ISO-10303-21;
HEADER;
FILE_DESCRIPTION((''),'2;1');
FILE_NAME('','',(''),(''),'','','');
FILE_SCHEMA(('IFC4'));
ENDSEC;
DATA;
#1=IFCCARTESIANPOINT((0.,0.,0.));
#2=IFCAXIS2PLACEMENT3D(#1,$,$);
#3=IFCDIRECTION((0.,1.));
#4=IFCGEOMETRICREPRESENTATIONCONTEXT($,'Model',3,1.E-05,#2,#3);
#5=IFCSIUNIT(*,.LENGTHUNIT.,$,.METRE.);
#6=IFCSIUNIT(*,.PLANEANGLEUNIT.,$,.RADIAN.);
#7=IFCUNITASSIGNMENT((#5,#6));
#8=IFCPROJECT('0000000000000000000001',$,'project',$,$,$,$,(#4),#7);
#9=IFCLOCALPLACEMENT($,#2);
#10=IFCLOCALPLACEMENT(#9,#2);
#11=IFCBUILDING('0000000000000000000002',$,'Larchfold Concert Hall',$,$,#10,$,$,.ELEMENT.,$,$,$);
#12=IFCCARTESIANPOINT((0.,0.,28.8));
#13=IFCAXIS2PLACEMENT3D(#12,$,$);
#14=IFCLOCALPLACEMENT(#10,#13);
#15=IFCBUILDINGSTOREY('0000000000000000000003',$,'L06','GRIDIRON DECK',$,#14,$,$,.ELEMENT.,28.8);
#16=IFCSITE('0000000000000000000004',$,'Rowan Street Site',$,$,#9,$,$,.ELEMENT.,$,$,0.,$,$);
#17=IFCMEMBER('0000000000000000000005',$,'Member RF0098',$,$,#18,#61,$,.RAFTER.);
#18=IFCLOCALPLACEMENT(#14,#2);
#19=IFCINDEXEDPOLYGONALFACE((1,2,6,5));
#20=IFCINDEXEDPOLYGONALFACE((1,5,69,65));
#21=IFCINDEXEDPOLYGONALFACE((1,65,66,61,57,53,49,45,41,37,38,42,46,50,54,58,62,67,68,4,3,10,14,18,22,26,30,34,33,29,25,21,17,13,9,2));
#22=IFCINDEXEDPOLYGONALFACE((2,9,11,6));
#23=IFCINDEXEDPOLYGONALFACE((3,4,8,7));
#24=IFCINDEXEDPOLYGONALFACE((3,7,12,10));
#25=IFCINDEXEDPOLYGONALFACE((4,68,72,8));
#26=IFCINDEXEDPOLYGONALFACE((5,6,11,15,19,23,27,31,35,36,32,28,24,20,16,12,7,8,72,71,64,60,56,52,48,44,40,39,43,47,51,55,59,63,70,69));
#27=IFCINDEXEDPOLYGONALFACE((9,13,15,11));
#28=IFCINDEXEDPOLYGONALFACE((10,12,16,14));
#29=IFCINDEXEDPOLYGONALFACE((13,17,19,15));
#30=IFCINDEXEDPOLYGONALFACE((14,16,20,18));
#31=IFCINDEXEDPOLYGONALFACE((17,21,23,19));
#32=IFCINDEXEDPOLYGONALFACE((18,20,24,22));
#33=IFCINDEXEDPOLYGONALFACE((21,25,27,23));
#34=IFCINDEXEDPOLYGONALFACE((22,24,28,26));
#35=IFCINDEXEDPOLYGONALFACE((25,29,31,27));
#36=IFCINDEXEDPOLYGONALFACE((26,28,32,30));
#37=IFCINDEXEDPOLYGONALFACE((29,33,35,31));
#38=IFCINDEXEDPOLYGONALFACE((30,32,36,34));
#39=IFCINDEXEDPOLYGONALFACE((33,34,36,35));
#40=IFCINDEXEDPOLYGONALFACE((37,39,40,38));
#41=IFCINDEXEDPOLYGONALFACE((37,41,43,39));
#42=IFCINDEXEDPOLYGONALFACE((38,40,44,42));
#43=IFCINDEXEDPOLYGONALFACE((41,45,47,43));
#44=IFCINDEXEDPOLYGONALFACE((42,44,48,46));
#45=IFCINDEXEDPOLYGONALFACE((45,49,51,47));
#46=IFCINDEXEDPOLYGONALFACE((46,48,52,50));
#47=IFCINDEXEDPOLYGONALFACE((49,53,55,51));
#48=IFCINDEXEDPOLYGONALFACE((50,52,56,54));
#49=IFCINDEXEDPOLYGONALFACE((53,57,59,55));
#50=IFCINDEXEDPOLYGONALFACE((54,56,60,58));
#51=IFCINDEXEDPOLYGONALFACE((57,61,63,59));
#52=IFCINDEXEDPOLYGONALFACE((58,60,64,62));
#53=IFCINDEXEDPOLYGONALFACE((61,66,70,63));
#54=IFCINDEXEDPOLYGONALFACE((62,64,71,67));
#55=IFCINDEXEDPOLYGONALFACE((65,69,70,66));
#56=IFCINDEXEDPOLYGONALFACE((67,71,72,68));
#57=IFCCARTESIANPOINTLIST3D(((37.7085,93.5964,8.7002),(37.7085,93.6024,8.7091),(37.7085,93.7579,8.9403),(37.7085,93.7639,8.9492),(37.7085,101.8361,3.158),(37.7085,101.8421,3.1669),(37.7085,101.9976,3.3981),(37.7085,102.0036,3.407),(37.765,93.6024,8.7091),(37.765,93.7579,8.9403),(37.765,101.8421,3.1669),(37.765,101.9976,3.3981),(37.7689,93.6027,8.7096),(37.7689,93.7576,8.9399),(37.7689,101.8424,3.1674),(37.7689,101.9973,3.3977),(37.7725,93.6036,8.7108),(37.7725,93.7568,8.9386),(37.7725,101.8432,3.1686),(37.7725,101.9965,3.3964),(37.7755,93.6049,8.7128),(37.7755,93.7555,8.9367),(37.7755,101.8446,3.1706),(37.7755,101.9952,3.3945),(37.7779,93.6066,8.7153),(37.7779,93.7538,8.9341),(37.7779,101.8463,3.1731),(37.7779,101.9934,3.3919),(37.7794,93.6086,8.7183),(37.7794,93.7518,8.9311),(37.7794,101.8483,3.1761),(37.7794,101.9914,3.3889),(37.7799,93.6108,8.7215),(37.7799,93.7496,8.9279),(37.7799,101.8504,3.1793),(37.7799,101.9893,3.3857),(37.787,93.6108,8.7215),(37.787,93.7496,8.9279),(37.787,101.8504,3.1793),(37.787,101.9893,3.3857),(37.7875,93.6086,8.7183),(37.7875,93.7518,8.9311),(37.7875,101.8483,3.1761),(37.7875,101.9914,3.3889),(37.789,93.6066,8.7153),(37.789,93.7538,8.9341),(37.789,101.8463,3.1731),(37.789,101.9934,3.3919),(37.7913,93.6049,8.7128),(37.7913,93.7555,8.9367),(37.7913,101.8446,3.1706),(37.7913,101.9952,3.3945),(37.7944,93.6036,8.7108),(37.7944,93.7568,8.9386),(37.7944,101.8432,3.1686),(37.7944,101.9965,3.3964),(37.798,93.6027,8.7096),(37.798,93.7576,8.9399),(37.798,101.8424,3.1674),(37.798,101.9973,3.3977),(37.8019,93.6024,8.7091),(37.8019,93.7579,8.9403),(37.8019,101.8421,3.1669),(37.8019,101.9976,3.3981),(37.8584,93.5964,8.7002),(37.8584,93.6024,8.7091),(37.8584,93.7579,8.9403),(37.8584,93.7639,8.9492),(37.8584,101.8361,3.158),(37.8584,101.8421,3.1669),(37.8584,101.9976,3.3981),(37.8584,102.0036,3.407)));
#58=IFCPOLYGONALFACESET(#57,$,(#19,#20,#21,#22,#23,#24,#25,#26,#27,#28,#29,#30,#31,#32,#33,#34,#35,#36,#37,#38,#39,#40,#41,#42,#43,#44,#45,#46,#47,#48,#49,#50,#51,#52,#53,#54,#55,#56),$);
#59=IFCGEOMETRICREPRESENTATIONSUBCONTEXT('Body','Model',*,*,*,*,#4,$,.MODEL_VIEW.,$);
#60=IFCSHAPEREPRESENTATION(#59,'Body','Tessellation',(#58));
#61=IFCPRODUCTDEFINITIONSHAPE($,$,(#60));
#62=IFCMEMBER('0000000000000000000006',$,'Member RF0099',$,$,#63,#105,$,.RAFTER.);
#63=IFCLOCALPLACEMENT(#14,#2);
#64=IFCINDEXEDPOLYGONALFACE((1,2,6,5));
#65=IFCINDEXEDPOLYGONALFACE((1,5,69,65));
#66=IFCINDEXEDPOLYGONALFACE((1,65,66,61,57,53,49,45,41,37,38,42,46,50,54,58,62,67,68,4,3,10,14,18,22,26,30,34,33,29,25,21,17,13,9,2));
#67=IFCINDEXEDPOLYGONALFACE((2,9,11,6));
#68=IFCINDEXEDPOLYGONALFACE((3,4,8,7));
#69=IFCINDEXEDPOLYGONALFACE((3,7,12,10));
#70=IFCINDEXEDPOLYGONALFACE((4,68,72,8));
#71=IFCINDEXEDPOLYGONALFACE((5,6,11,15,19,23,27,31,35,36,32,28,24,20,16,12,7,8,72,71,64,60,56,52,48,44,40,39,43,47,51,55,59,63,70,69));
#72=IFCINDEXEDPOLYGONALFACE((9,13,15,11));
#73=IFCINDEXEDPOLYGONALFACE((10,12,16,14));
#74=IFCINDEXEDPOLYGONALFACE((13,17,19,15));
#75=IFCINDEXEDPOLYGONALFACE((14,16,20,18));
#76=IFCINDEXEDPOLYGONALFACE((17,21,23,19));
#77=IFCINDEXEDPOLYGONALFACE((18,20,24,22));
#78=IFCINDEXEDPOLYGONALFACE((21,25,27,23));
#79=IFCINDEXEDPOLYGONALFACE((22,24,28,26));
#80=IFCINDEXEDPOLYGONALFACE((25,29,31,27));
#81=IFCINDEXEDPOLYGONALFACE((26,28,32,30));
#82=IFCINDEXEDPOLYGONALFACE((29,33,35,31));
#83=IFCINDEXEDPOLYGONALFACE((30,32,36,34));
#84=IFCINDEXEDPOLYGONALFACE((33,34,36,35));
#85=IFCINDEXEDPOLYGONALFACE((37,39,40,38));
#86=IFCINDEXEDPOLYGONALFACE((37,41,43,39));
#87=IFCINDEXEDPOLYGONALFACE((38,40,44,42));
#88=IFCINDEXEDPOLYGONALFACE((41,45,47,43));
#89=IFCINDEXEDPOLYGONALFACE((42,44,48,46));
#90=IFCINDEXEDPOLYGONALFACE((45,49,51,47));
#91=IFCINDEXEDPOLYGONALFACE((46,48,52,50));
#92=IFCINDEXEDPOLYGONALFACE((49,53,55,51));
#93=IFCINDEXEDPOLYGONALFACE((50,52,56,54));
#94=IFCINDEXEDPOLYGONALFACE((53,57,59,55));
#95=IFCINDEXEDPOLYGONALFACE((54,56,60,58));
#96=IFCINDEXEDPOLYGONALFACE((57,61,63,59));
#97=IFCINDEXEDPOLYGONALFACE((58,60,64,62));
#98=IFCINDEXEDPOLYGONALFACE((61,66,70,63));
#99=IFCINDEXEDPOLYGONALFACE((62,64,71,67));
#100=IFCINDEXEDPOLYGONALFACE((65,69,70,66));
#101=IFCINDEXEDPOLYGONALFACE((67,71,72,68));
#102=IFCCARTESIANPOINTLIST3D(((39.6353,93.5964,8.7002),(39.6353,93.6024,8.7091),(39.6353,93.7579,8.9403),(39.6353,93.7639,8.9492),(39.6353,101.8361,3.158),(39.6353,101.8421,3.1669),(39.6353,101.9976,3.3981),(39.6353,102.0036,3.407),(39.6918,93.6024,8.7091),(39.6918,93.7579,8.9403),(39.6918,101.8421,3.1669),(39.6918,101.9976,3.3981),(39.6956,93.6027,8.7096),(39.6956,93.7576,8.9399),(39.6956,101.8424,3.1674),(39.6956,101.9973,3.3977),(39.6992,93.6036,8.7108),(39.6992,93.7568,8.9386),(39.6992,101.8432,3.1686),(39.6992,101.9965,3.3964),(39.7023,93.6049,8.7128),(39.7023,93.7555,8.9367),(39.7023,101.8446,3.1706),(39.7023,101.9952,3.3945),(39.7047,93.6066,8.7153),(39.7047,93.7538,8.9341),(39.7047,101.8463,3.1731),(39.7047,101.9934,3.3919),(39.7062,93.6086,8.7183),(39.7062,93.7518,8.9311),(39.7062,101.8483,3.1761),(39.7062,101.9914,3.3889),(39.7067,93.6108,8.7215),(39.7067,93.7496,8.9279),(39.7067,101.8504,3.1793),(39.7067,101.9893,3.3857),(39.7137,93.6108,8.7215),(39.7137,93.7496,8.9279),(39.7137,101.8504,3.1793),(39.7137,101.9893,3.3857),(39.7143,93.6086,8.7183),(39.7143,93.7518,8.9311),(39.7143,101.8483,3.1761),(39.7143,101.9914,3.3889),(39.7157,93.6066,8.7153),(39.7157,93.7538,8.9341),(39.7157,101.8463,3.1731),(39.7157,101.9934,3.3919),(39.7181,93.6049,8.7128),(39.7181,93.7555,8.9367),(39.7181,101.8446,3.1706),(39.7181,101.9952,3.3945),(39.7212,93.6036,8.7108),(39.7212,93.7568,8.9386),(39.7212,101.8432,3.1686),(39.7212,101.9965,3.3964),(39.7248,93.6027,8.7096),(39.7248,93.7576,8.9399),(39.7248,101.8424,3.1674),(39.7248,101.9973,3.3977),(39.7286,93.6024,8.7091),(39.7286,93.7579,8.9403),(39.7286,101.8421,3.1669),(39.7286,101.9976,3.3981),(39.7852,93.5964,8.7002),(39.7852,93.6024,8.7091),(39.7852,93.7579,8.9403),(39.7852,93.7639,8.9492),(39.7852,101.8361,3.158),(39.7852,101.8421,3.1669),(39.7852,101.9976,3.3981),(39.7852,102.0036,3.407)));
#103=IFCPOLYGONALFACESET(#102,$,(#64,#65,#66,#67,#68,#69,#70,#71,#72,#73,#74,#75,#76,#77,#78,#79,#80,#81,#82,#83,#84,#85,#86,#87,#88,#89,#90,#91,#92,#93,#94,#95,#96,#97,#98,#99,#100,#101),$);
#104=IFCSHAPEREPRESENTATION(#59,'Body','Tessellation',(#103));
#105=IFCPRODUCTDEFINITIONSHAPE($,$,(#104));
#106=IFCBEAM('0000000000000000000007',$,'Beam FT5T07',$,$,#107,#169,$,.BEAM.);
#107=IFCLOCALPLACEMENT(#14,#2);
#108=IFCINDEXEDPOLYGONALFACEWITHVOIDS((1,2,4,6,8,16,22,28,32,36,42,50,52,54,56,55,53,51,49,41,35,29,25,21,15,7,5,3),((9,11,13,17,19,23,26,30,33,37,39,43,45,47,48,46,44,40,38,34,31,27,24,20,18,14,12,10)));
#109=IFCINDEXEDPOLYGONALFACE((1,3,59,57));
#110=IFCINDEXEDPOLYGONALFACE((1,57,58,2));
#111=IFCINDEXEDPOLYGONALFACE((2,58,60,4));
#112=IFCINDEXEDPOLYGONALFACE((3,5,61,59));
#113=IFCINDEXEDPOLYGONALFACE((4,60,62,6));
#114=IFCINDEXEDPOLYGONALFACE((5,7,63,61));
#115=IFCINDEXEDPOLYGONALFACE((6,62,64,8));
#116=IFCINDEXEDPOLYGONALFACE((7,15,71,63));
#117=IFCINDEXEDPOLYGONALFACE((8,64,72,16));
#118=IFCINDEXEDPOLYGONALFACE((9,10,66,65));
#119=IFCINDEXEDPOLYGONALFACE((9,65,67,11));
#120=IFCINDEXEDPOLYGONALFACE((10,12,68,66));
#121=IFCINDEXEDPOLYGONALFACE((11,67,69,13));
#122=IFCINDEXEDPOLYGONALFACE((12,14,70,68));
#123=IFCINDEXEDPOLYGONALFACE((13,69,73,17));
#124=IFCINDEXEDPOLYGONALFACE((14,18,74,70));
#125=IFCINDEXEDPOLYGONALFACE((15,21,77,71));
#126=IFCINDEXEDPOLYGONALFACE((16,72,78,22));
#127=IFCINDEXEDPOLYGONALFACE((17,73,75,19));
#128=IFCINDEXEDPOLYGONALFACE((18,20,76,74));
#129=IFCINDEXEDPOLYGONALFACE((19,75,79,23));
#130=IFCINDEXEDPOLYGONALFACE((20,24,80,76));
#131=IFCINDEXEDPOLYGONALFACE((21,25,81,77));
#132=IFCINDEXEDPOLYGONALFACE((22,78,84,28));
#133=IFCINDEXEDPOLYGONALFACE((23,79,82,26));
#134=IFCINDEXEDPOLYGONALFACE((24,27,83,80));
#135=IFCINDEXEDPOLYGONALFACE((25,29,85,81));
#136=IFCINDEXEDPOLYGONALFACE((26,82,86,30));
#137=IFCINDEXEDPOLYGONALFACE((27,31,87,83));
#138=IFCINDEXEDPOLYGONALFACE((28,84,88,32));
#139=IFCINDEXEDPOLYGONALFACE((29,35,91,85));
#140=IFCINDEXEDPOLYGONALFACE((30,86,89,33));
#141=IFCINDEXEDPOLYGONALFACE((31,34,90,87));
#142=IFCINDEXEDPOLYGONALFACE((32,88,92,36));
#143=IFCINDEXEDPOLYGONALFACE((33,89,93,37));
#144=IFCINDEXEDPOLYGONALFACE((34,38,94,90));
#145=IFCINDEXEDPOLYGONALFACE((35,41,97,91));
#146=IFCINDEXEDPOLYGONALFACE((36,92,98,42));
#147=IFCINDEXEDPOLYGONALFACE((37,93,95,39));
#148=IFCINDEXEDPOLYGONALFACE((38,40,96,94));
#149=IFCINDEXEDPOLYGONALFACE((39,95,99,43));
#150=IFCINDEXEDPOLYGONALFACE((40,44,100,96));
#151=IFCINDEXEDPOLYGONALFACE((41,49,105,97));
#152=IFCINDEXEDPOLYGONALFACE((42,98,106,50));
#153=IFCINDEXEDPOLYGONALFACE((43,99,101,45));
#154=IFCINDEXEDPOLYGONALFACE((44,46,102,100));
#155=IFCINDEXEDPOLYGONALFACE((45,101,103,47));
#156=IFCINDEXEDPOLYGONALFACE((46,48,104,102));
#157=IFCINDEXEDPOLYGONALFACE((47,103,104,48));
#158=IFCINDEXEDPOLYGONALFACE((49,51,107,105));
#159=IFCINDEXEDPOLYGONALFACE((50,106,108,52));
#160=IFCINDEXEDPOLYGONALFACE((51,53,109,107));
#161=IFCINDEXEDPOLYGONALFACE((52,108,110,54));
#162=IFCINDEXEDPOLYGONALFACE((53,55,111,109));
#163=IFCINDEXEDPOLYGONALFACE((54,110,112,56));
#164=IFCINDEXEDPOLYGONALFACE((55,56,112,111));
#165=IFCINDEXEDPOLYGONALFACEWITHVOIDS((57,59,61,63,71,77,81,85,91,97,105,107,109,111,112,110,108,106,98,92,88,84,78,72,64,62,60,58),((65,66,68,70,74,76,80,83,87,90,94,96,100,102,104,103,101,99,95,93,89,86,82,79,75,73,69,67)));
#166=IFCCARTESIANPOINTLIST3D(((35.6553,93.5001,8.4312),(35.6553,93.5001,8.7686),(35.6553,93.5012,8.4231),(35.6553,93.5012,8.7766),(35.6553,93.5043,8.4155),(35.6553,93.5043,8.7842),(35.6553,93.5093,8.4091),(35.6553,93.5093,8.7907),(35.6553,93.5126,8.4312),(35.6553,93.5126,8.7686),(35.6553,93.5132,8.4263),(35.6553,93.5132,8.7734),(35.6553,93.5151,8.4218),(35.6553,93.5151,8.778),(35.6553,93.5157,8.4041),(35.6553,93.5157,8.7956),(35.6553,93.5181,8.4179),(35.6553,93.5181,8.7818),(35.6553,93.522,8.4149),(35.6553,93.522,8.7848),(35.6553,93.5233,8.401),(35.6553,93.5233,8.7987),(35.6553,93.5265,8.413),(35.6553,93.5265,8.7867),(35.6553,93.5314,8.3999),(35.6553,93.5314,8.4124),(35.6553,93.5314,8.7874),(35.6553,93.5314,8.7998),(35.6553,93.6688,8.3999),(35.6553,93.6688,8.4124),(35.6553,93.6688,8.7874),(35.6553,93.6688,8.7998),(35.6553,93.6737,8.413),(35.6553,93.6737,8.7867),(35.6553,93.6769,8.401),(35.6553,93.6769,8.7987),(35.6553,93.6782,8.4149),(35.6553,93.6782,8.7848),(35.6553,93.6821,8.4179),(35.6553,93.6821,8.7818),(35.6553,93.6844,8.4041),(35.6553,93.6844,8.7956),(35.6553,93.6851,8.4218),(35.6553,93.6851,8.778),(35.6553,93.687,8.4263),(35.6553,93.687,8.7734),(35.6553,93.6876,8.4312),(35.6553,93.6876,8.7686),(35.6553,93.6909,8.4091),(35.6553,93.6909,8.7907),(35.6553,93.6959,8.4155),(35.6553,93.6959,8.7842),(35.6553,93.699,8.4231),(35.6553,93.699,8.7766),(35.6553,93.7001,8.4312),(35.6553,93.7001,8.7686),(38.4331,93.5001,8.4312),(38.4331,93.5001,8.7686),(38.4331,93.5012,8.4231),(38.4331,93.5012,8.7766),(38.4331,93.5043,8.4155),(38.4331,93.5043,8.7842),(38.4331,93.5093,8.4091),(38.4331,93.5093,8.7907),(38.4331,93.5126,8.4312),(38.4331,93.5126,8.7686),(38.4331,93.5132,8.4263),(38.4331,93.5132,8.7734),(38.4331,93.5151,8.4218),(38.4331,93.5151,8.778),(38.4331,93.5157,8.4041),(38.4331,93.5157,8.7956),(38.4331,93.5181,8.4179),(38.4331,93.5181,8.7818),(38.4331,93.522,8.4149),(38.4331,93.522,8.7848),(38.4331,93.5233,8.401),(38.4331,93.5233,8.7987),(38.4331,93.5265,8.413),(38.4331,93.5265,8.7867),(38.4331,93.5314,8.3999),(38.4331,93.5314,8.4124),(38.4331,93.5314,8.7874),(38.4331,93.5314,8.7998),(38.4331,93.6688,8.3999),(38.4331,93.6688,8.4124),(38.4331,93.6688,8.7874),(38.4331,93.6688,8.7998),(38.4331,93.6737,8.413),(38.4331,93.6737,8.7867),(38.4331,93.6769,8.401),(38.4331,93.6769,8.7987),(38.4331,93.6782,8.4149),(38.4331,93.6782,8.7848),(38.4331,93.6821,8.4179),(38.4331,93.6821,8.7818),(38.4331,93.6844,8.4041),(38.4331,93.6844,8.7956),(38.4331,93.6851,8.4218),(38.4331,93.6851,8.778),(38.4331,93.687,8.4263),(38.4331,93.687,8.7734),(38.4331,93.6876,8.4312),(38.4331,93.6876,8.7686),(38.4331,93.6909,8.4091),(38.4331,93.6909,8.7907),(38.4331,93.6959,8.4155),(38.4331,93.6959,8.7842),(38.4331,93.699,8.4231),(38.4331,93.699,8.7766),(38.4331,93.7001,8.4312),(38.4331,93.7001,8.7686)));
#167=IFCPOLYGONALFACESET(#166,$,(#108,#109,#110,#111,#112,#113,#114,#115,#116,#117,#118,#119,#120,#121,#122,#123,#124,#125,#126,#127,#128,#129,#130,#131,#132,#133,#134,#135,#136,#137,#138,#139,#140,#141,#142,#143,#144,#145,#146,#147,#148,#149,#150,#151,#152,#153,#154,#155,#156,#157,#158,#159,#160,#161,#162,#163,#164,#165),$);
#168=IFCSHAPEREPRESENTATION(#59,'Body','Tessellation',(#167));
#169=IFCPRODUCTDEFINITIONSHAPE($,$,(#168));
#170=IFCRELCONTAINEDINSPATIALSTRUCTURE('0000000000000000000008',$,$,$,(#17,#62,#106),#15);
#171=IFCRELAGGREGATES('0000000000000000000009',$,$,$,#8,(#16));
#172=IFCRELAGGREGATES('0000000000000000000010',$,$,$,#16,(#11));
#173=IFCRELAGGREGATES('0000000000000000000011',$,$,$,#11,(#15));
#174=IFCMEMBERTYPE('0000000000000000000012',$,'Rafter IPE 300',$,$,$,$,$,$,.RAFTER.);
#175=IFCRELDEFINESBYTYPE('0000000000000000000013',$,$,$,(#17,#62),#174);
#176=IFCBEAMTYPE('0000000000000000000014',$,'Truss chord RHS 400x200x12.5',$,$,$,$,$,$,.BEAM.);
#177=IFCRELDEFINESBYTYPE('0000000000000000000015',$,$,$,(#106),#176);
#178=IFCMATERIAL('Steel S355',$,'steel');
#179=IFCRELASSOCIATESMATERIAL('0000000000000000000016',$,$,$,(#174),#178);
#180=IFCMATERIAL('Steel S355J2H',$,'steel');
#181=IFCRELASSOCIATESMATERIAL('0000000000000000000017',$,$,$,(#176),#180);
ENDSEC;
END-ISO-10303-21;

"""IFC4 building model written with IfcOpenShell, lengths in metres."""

from ifc_helpers import new_model, si_unit, direction, frame, origin, origin_2d, place, context, subcontext, project, spatial, hollow_rectangle, i_section, extrude, material, material_profile, profile_set, type_object, element, save


model = new_model("IFC4")

# Units and contexts
model_context = context("Model", 3, precision=1e-05, world=origin(), true_north=direction((0.0, 1.0)))
body_context = subcontext(model_context, "Body", "Model", "MODEL_VIEW")
ifc_project = project(units=[si_unit("LENGTHUNIT", "METRE"), si_unit("PLANEANGLEUNIT", "RADIAN")], contexts=[model_context])

# Site, building, storey
site_placement = place(None, origin())
site = spatial("IfcSite", under=ifc_project, at=site_placement, Name="Rowan Street Site", CompositionType="ELEMENT", RefElevation=0.0)
building_placement = place(site_placement, origin())
building = spatial("IfcBuilding", under=site, at=building_placement, Name="Larchfold Concert Hall", CompositionType="ELEMENT")
storey_placement = place(building_placement, frame((0.0, 0.0, 28.8)))
storey = spatial("IfcBuildingStorey", under=building, at=storey_placement, Name="L06", Description="GRIDIRON DECK", CompositionType="ELEMENT", Elevation=28.8)

# Members
ifc_material_1 = material(Name="Steel S355", Category="steel")
ifc_material_profile_1 = material_profile(ifc_material_1, i_section(OverallWidth=0.1499, OverallDepth=0.3, WebThickness=0.0071, FlangeThickness=0.0107, FilletRadius=0.0149, at=origin_2d()))
ifc_profile_set_1 = profile_set([ifc_material_profile_1], Name="Steel S355")
member_type_1 = type_object("IfcMemberType", Name="Rafter IPE 300", PredefinedType="RAFTER", material=ifc_profile_set_1)
for number, where, z_axis, x_axis, name in (
    (1, (37.7834, 93.6802, 8.8247), (0.0, 0.829762, -0.558117), (-1.0, 0.0, 0.0), "Member RF0098"),
    (2, (39.7102, 93.6802, 8.8247), (0.0, 0.829762, -0.558117), (-1.0, 0.0, 0.0), "Member RF0099"),
):
    element("IfcMember", number, at=place(storey_placement, frame(where, z_axis=z_axis, x_axis=x_axis)), inside=storey, type_object=member_type_1, Name=name, PredefinedType="RAFTER", context=body_context, shape_type="SweptSolid", body=[
        extrude(i_section(OverallWidth=0.1499, OverallDepth=0.3, WebThickness=0.0071, FlangeThickness=0.0107, FilletRadius=0.0149, at=origin_2d()), origin(), (0.0, 0.0, 1.0), 9.9302),
    ])

# Beam
ifc_material_2 = material(Name="Steel S355J2H", Category="steel")
ifc_material_profile_2 = material_profile(ifc_material_2, hollow_rectangle(XDim=0.2, YDim=0.3999, WallThickness=0.0125, InnerFilletRadius=0.0188, OuterFilletRadius=0.0312, at=origin_2d()))
ifc_profile_set_2 = profile_set([ifc_material_profile_2], Name="Steel S355J2H")
beam_type_1 = type_object("IfcBeamType", Name="Truss chord RHS 400x200x12.5", PredefinedType="BEAM", material=ifc_profile_set_2)
beam_1_placement = place(storey_placement, frame((35.6553, 93.6001, 8.5999), z_axis=(1.0, 0.0, 0.0), x_axis=(0.0, 1.0, 0.0)))
element("IfcBeam", 3, at=beam_1_placement, inside=storey, type_object=beam_type_1, Name="Beam FT5T07", PredefinedType="BEAM", context=body_context, shape_type="SweptSolid", body=[
    extrude(hollow_rectangle(XDim=0.2, YDim=0.3999, WallThickness=0.0125, InnerFilletRadius=0.0188, OuterFilletRadius=0.0312, at=origin_2d()), origin(), (0.0, 0.0, 1.0), 2.7778),
])

save(model, "model.ifc")
